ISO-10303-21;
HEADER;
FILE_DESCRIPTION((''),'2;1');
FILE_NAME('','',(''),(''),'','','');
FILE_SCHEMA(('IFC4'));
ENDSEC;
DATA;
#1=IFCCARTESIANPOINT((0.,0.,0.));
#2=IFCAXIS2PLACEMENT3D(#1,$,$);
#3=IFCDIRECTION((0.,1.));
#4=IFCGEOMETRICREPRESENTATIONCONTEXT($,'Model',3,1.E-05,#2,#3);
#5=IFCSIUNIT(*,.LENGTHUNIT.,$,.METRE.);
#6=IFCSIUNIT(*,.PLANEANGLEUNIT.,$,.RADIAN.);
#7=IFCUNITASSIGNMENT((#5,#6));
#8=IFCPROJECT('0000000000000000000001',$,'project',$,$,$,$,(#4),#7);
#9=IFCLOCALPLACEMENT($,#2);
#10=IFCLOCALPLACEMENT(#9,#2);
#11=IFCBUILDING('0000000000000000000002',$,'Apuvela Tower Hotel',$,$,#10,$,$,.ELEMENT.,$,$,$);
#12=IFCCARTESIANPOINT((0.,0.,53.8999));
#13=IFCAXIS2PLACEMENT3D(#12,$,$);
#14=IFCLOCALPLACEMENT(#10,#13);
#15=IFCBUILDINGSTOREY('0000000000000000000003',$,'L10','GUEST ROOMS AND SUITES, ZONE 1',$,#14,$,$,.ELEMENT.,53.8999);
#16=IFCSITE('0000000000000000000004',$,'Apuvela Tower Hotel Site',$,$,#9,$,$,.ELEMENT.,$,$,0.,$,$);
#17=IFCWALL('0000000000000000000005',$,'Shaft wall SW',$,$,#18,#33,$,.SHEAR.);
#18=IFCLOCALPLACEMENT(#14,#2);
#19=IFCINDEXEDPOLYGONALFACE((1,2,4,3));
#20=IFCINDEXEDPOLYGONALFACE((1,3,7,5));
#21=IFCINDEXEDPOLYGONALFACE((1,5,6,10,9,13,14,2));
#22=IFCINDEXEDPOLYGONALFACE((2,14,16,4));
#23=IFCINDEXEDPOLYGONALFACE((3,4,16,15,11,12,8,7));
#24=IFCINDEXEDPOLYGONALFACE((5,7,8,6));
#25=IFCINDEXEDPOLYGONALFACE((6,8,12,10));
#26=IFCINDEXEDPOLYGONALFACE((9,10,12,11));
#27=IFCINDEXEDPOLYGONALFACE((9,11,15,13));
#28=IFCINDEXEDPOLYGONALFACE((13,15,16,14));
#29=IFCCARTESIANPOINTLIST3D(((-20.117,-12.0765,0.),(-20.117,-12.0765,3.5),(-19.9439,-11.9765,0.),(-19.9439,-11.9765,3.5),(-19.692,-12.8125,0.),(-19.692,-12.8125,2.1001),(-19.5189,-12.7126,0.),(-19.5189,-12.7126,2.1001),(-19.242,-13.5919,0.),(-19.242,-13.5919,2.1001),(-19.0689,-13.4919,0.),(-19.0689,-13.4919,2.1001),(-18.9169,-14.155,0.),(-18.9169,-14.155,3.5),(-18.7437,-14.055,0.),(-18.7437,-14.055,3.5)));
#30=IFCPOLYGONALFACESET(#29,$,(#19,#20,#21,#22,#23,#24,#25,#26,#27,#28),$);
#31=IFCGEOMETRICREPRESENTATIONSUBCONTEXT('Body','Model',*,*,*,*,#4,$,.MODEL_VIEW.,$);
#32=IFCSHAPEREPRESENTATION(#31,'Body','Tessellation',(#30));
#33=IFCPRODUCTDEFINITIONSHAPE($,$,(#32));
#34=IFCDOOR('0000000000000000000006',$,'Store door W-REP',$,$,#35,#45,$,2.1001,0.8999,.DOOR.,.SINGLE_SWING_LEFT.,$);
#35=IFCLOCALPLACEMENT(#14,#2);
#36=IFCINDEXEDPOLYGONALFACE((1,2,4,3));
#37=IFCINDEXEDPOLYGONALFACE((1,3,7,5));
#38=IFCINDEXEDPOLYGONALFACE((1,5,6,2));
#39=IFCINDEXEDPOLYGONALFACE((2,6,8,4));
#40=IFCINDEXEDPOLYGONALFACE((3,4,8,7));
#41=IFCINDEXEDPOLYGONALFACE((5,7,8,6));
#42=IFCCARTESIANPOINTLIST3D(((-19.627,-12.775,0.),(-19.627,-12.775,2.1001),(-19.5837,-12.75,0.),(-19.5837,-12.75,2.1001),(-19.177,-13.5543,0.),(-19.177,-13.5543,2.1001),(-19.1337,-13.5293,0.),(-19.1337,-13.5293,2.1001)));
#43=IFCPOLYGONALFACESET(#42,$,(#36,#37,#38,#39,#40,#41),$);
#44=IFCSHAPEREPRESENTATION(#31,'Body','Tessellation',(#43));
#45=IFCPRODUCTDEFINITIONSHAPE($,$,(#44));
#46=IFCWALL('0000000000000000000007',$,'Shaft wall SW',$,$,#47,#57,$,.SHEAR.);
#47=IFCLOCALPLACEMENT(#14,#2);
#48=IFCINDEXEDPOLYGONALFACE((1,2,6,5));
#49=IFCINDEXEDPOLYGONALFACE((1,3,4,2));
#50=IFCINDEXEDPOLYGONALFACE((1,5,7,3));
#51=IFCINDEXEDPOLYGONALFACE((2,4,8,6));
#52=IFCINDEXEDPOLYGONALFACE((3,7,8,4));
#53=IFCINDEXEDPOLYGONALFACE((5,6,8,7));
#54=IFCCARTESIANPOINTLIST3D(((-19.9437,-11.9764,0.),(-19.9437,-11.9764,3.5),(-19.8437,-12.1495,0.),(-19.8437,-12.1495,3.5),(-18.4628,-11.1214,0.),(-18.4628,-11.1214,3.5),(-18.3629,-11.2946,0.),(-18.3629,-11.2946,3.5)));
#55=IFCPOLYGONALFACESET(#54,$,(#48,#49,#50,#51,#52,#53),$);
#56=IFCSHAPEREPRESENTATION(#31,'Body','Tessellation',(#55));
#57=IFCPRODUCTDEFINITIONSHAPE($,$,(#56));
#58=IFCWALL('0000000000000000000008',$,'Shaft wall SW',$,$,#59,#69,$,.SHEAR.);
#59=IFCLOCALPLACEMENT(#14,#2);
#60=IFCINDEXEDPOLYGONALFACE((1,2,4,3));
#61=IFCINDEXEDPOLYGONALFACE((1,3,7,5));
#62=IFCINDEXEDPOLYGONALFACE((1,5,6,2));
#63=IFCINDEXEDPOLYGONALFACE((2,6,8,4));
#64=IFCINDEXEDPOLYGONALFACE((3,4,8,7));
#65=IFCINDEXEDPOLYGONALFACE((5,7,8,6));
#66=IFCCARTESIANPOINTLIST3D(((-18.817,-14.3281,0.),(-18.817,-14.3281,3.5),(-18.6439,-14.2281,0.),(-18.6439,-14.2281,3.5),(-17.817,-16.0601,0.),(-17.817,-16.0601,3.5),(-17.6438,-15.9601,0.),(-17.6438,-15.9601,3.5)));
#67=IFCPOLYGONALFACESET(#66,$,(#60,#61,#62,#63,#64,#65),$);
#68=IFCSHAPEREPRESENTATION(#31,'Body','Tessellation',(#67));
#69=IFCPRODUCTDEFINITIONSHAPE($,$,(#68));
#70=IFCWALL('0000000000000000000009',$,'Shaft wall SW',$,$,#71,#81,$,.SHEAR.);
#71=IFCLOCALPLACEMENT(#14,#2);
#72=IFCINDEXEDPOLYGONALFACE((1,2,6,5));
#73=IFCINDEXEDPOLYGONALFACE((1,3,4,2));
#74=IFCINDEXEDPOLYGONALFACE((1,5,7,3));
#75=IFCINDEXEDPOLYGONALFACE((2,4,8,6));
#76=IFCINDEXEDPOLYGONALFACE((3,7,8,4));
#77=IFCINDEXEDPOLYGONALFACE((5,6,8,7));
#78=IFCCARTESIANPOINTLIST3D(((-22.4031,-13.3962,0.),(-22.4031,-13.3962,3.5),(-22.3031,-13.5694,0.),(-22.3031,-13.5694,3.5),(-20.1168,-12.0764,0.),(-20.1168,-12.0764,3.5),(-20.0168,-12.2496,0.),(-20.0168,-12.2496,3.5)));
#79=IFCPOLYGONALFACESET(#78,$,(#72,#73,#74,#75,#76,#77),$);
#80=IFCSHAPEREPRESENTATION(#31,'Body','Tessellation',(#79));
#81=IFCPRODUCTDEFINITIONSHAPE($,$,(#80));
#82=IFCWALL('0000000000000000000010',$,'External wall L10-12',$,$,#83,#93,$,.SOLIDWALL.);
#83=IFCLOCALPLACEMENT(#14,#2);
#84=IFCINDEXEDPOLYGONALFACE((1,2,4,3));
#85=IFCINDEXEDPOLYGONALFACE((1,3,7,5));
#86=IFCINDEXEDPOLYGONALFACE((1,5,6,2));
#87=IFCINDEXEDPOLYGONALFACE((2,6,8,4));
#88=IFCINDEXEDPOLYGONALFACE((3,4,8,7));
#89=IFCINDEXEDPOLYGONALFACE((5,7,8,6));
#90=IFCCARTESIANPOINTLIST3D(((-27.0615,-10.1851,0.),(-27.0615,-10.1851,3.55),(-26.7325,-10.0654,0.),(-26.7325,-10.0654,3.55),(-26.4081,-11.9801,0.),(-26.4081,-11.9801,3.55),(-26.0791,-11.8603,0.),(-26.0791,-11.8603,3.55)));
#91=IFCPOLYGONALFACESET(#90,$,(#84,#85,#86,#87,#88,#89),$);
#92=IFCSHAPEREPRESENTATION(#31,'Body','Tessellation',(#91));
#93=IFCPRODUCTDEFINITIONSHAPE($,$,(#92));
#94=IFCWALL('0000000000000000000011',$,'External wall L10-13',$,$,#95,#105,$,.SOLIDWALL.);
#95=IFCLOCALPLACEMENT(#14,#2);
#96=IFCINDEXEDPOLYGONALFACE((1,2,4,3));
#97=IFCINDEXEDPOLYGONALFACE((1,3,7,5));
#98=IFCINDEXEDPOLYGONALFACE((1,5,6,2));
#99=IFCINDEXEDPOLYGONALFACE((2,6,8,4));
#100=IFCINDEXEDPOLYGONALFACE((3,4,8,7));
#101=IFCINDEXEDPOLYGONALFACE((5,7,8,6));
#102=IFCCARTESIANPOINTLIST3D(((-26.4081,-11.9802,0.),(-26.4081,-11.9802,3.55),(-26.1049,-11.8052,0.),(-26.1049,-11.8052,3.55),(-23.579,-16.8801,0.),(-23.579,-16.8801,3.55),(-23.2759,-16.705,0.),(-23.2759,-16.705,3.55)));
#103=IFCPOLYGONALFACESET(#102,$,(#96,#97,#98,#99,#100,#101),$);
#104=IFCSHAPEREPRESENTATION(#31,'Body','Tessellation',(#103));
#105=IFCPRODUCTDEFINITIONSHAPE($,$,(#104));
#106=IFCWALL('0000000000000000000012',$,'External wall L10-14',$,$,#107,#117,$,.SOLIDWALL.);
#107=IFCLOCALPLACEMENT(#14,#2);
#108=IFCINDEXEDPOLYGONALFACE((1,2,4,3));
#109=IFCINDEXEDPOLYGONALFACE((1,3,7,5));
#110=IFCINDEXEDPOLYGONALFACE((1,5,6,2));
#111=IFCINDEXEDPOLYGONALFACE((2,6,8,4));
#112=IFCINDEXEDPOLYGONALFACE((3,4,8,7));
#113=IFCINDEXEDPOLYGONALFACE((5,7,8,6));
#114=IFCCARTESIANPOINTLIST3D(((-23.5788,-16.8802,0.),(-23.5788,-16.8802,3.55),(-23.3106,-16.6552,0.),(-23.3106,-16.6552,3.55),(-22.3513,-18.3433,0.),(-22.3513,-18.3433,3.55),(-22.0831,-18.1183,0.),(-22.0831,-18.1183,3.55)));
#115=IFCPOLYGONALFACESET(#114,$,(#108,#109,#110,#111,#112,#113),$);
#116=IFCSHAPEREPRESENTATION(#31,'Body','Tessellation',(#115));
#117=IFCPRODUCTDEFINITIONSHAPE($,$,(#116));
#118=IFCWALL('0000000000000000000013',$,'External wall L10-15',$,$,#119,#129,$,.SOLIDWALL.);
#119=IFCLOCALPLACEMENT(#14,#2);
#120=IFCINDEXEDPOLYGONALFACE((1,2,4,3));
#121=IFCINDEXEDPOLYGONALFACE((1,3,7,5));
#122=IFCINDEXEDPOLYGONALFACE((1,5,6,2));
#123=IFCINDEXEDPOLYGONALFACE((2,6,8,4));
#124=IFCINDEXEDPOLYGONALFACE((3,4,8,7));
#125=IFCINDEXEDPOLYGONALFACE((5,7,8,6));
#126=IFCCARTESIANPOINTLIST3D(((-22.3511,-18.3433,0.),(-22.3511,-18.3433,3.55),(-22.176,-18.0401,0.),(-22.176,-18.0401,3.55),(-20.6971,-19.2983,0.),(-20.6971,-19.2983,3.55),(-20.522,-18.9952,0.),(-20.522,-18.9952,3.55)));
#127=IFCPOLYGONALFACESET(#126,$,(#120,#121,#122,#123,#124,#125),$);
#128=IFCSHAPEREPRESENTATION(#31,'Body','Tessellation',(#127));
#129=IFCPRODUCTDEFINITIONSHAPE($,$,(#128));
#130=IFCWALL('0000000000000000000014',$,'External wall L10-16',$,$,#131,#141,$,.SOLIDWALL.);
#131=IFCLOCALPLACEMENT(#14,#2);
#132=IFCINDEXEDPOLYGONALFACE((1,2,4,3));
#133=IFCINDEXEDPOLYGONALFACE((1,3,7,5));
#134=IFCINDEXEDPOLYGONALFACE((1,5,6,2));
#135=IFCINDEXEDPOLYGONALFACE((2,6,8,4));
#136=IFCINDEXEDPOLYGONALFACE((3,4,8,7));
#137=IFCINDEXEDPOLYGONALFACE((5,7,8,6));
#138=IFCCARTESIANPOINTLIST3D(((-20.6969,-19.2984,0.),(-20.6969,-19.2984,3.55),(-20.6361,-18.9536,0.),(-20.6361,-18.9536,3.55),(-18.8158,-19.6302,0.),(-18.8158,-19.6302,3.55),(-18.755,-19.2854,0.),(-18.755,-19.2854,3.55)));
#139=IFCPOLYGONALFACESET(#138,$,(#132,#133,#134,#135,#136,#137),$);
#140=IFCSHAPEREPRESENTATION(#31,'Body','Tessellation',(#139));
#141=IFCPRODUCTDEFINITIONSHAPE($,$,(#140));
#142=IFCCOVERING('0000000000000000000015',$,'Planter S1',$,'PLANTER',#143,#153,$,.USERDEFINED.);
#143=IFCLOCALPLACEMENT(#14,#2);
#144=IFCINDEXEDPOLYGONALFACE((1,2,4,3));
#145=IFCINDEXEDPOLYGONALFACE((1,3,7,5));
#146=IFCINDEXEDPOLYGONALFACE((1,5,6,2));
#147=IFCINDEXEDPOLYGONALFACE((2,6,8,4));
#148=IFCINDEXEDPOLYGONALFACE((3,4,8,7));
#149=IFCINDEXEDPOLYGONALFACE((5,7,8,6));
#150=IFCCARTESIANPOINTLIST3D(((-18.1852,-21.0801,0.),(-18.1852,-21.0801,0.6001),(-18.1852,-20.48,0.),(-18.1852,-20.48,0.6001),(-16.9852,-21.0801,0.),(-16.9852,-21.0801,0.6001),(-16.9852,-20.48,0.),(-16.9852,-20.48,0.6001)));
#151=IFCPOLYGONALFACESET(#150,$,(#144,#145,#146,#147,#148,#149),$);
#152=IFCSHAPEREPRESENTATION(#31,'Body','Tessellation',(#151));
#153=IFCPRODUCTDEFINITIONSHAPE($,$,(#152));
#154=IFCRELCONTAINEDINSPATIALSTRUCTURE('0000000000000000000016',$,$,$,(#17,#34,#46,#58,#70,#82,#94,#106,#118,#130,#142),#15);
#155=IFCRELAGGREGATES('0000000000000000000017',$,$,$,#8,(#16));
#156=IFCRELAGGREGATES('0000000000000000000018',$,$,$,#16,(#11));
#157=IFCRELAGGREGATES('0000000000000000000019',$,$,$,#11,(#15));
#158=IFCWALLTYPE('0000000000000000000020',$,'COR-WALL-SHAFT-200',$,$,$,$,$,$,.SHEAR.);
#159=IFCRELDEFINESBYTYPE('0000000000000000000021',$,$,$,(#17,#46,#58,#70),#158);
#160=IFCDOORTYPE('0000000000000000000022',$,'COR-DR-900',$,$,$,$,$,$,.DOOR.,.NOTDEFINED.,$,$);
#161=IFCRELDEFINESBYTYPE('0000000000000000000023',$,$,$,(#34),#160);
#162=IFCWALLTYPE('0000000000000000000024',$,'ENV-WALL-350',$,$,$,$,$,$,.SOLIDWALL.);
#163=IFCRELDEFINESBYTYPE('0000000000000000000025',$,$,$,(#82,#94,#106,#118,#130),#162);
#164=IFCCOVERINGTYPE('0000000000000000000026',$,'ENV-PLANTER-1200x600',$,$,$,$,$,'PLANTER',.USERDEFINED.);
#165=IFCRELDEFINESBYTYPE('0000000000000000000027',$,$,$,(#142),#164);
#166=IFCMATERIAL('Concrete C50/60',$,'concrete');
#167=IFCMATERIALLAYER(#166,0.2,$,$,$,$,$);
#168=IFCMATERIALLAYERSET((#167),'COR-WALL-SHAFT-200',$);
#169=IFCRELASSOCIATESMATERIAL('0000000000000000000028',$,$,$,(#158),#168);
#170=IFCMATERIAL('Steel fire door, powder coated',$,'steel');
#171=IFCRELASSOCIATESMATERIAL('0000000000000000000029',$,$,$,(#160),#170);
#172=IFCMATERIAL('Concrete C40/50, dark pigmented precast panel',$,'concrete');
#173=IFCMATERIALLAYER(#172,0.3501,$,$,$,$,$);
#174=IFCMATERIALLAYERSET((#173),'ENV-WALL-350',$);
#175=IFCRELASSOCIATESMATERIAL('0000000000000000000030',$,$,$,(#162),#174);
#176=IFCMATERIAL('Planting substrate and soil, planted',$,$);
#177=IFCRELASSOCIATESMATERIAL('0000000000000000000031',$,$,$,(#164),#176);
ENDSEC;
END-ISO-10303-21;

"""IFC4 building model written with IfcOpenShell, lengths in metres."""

from ifc_helpers import new_model, si_unit, direction, frame, frame_2d, origin, origin_2d, place, context, subcontext, project, spatial, rectangle, extrude, material, layer, layer_set, type_object, element, fill, save


model = new_model("IFC4")

# Units and contexts
model_context = context("Model", 3, precision=1e-05, world=origin(), true_north=direction((0.0, 1.0)))
body_context = subcontext(model_context, "Body", "Model", "MODEL_VIEW")
ifc_project = project(units=[si_unit("LENGTHUNIT", "METRE"), si_unit("PLANEANGLEUNIT", "RADIAN")], contexts=[model_context])

# Site, building, storey
site_placement = place(None, origin())
site = spatial("IfcSite", under=ifc_project, at=site_placement, Name="Apuvela Tower Hotel Site", CompositionType="ELEMENT", RefElevation=0.0)
building_placement = place(site_placement, origin())
building = spatial("IfcBuilding", under=site, at=building_placement, Name="Apuvela Tower Hotel", CompositionType="ELEMENT")
storey_placement = place(building_placement, frame((0.0, 0.0, 53.8999)))
storey = spatial("IfcBuildingStorey", under=building, at=storey_placement, Name="L10", Description="GUEST ROOMS AND SUITES, ZONE 1", CompositionType="ELEMENT", Elevation=53.8999)

# Wall, opening, door
ifc_material_1 = material(Name="Concrete C50/60", Category="concrete")
ifc_layer_1 = layer(ifc_material_1, 0.2)
ifc_layer_set_1 = layer_set([ifc_layer_1], Name="COR-WALL-SHAFT-200")
wall_type_1 = type_object("IfcWallType", Name="COR-WALL-SHAFT-200", PredefinedType="SHEAR", material=ifc_layer_set_1)
wall_1_placement = place(storey_placement, frame((-20.0305, -12.0264, 0.0), z_axis=(0.0, 0.0, 1.0), x_axis=(0.500034, -0.866006, 0.0)))
wall_1 = element("IfcWall", 1, at=wall_1_placement, inside=storey, type_object=wall_type_1, Name="Shaft wall SW", PredefinedType="SHEAR", context=body_context, shape_type="SweptSolid", body=[
    extrude(rectangle(XDim=2.4001, YDim=0.2, at=frame_2d((1.2002, 0.0))), origin(), (0.0, 0.0, 1.0), 3.5),
])
opening_1_placement = place(wall_1_placement, frame((0.8501, 0.0, 0.0)))
opening_1 = element("IfcOpeningElement", 2, at=opening_1_placement, cuts=wall_1, PredefinedType="OPENING", context=body_context, shape_type="SweptSolid", body=[
    extrude(rectangle(XDim=0.8999, YDim=2.1001, at=frame_2d((0.45, 1.05))), frame((0.0, 0.1099, 0.0), z_axis=(0.0, -1.0, 0.0), x_axis=(1.0, 0.0, 0.0)), (0.0, 0.0, 1.0), 0.22),
])
ifc_material_2 = material(Name="Steel fire door, powder coated", Category="steel")
door_type_1 = type_object("IfcDoorType", Name="COR-DR-900", OperationType="NOTDEFINED", PredefinedType="DOOR", material=ifc_material_2)
door_1_placement = place(opening_1_placement, frame((0.8999, 0.0, 0.0), z_axis=(0.0, 0.0, 1.0), x_axis=(-1.0, 0.0, 0.0)))
door_1 = element("IfcDoor", 3, at=door_1_placement, inside=storey, type_object=door_type_1, Name="Store door W-REP", OperationType="SINGLE_SWING_LEFT", OverallHeight=2.1001, OverallWidth=0.8999, PredefinedType="DOOR", context=body_context, shape_type="SweptSolid", body=[
    extrude(rectangle(XDim=0.8999, YDim=2.1001, at=frame_2d((0.45, 1.05))), frame((0.0, 0.0249, 0.0), z_axis=(0.0, -1.0, 0.0), x_axis=(1.0, 0.0, 0.0)), (0.0, 0.0, 1.0), 0.05),
])
fill(opening_1, door_1)

# Walls
wall_2_placement = place(storey_placement, frame((-18.4128, -11.208, 0.0), z_axis=(0.0, 0.0, 1.0), x_axis=(-0.866038, -0.499978, 0.0)))
element("IfcWall", 4, at=wall_2_placement, inside=storey, type_object=wall_type_1, Name="Shaft wall SW", PredefinedType="SHEAR", context=body_context, shape_type="SweptSolid", body=[
    extrude(rectangle(XDim=1.71, YDim=0.2, at=frame_2d((0.855, 0.0))), origin(), (0.0, 0.0, 1.0), 3.5),
])
wall_3_placement = place(storey_placement, frame((-18.7305, -14.2781, 0.0), z_axis=(0.0, 0.0, 1.0), x_axis=(0.500025, -0.866011, 0.0)))
element("IfcWall", 5, at=wall_3_placement, inside=storey, type_object=wall_type_1, Name="Shaft wall SW", PredefinedType="SHEAR", context=body_context, shape_type="SweptSolid", body=[
    extrude(rectangle(XDim=2.0, YDim=0.2, at=frame_2d((1.0, 0.0))), origin(), (0.0, 0.0, 1.0), 3.5),
])
wall_4_placement = place(storey_placement, frame((-20.0669, -12.1631, 0.0), z_axis=(0.0, 0.0, 1.0), x_axis=(-0.866061, -0.499939, 0.0)))
element("IfcWall", 6, at=wall_4_placement, inside=storey, type_object=wall_type_1, Name="Shaft wall SW", PredefinedType="SHEAR", context=body_context, shape_type="SweptSolid", body=[
    extrude(rectangle(XDim=2.6399, YDim=0.2, at=frame_2d((1.3198, 0.0))), origin(), (0.0, 0.0, 1.0), 3.5),
])
ifc_material_3 = material(Name="Concrete C40/50, dark pigmented precast panel", Category="concrete")
ifc_layer_2 = layer(ifc_material_3, 0.3501)
ifc_layer_set_2 = layer_set([ifc_layer_2], Name="ENV-WALL-350")
wall_type_2 = type_object("IfcWallType", Name="ENV-WALL-350", PredefinedType="SOLIDWALL", material=ifc_layer_set_2)
wall_5_placement = place(storey_placement, frame((-26.897, -10.1252, 0.0), z_axis=(0.0, 0.0, 1.0), x_axis=(0.34203, -0.939689, 0.0)))
element("IfcWall", 7, at=wall_5_placement, inside=storey, type_object=wall_type_2, Name="External wall L10-12", PredefinedType="SOLIDWALL", context=body_context, shape_type="SweptSolid", body=[
    extrude(rectangle(XDim=1.9102, YDim=0.3501, at=frame_2d((0.9551, 0.0))), origin(), (0.0, 0.0, 1.0), 3.55),
])
wall_6_placement = place(storey_placement, frame((-26.2566, -11.8926, 0.0), z_axis=(0.0, 0.0, 1.0), x_axis=(0.500019, -0.866015, 0.0)))
element("IfcWall", 8, at=wall_6_placement, inside=storey, type_object=wall_type_2, Name="External wall L10-13", PredefinedType="SOLIDWALL", context=body_context, shape_type="SweptSolid", body=[
    extrude(rectangle(XDim=5.658, YDim=0.3501, at=frame_2d((2.8291, 0.0))), origin(), (0.0, 0.0, 1.0), 3.55),
])
for number, where, z_axis, x_axis, name in (
    (9, (-23.4448, -16.7676, 0.0), (0.0, 0.0, 1.0), (0.642733, -0.76609, 0.0), "External wall L10-14"),
    (10, (-22.2637, -18.1917, 0.0), (0.0, 0.0, 1.0), (0.866, -0.500043, 0.0), "External wall L10-15"),
):
    element("IfcWall", number, at=place(storey_placement, frame(where, z_axis=z_axis, x_axis=x_axis)), inside=storey, type_object=wall_type_2, Name=name, PredefinedType="SOLIDWALL", context=body_context, shape_type="SweptSolid", body=[
        extrude(rectangle(XDim=1.9099, YDim=0.3501, at=frame_2d((0.9551, 0.0))), origin(), (0.0, 0.0, 1.0), 3.55),
    ])
wall_7_placement = place(storey_placement, frame((-20.6665, -19.126, 0.0), z_axis=(0.0, 0.0, 1.0), x_axis=(0.984799, -0.173698, 0.0)))
element("IfcWall", 11, at=wall_7_placement, inside=storey, type_object=wall_type_2, Name="External wall L10-16", PredefinedType="SOLIDWALL", context=body_context, shape_type="SweptSolid", body=[
    extrude(rectangle(XDim=1.9102, YDim=0.3501, at=frame_2d((0.9551, 0.0))), origin(), (0.0, 0.0, 1.0), 3.55),
])

# Covering
ifc_material_4 = material(Name="Planting substrate and soil, planted")
covering_type = type_object("IfcCoveringType", Name="ENV-PLANTER-1200x600", ElementType="PLANTER", PredefinedType="USERDEFINED", material=ifc_material_4)
covering_placement = place(storey_placement, frame((-17.5852, -20.78, 0.0), z_axis=(0.0, 0.0, 1.0), x_axis=(1.0, 0.0, 0.0)))
element("IfcCovering", 12, at=covering_placement, inside=storey, type_object=covering_type, Name="Planter S1", ObjectType="PLANTER", PredefinedType="USERDEFINED", context=body_context, shape_type="SweptSolid", body=[
    extrude(rectangle(XDim=1.2, YDim=0.6001, at=origin_2d()), origin(), (0.0, 0.0, 1.0), 0.6001),
])

save(model, "model.ifc")
